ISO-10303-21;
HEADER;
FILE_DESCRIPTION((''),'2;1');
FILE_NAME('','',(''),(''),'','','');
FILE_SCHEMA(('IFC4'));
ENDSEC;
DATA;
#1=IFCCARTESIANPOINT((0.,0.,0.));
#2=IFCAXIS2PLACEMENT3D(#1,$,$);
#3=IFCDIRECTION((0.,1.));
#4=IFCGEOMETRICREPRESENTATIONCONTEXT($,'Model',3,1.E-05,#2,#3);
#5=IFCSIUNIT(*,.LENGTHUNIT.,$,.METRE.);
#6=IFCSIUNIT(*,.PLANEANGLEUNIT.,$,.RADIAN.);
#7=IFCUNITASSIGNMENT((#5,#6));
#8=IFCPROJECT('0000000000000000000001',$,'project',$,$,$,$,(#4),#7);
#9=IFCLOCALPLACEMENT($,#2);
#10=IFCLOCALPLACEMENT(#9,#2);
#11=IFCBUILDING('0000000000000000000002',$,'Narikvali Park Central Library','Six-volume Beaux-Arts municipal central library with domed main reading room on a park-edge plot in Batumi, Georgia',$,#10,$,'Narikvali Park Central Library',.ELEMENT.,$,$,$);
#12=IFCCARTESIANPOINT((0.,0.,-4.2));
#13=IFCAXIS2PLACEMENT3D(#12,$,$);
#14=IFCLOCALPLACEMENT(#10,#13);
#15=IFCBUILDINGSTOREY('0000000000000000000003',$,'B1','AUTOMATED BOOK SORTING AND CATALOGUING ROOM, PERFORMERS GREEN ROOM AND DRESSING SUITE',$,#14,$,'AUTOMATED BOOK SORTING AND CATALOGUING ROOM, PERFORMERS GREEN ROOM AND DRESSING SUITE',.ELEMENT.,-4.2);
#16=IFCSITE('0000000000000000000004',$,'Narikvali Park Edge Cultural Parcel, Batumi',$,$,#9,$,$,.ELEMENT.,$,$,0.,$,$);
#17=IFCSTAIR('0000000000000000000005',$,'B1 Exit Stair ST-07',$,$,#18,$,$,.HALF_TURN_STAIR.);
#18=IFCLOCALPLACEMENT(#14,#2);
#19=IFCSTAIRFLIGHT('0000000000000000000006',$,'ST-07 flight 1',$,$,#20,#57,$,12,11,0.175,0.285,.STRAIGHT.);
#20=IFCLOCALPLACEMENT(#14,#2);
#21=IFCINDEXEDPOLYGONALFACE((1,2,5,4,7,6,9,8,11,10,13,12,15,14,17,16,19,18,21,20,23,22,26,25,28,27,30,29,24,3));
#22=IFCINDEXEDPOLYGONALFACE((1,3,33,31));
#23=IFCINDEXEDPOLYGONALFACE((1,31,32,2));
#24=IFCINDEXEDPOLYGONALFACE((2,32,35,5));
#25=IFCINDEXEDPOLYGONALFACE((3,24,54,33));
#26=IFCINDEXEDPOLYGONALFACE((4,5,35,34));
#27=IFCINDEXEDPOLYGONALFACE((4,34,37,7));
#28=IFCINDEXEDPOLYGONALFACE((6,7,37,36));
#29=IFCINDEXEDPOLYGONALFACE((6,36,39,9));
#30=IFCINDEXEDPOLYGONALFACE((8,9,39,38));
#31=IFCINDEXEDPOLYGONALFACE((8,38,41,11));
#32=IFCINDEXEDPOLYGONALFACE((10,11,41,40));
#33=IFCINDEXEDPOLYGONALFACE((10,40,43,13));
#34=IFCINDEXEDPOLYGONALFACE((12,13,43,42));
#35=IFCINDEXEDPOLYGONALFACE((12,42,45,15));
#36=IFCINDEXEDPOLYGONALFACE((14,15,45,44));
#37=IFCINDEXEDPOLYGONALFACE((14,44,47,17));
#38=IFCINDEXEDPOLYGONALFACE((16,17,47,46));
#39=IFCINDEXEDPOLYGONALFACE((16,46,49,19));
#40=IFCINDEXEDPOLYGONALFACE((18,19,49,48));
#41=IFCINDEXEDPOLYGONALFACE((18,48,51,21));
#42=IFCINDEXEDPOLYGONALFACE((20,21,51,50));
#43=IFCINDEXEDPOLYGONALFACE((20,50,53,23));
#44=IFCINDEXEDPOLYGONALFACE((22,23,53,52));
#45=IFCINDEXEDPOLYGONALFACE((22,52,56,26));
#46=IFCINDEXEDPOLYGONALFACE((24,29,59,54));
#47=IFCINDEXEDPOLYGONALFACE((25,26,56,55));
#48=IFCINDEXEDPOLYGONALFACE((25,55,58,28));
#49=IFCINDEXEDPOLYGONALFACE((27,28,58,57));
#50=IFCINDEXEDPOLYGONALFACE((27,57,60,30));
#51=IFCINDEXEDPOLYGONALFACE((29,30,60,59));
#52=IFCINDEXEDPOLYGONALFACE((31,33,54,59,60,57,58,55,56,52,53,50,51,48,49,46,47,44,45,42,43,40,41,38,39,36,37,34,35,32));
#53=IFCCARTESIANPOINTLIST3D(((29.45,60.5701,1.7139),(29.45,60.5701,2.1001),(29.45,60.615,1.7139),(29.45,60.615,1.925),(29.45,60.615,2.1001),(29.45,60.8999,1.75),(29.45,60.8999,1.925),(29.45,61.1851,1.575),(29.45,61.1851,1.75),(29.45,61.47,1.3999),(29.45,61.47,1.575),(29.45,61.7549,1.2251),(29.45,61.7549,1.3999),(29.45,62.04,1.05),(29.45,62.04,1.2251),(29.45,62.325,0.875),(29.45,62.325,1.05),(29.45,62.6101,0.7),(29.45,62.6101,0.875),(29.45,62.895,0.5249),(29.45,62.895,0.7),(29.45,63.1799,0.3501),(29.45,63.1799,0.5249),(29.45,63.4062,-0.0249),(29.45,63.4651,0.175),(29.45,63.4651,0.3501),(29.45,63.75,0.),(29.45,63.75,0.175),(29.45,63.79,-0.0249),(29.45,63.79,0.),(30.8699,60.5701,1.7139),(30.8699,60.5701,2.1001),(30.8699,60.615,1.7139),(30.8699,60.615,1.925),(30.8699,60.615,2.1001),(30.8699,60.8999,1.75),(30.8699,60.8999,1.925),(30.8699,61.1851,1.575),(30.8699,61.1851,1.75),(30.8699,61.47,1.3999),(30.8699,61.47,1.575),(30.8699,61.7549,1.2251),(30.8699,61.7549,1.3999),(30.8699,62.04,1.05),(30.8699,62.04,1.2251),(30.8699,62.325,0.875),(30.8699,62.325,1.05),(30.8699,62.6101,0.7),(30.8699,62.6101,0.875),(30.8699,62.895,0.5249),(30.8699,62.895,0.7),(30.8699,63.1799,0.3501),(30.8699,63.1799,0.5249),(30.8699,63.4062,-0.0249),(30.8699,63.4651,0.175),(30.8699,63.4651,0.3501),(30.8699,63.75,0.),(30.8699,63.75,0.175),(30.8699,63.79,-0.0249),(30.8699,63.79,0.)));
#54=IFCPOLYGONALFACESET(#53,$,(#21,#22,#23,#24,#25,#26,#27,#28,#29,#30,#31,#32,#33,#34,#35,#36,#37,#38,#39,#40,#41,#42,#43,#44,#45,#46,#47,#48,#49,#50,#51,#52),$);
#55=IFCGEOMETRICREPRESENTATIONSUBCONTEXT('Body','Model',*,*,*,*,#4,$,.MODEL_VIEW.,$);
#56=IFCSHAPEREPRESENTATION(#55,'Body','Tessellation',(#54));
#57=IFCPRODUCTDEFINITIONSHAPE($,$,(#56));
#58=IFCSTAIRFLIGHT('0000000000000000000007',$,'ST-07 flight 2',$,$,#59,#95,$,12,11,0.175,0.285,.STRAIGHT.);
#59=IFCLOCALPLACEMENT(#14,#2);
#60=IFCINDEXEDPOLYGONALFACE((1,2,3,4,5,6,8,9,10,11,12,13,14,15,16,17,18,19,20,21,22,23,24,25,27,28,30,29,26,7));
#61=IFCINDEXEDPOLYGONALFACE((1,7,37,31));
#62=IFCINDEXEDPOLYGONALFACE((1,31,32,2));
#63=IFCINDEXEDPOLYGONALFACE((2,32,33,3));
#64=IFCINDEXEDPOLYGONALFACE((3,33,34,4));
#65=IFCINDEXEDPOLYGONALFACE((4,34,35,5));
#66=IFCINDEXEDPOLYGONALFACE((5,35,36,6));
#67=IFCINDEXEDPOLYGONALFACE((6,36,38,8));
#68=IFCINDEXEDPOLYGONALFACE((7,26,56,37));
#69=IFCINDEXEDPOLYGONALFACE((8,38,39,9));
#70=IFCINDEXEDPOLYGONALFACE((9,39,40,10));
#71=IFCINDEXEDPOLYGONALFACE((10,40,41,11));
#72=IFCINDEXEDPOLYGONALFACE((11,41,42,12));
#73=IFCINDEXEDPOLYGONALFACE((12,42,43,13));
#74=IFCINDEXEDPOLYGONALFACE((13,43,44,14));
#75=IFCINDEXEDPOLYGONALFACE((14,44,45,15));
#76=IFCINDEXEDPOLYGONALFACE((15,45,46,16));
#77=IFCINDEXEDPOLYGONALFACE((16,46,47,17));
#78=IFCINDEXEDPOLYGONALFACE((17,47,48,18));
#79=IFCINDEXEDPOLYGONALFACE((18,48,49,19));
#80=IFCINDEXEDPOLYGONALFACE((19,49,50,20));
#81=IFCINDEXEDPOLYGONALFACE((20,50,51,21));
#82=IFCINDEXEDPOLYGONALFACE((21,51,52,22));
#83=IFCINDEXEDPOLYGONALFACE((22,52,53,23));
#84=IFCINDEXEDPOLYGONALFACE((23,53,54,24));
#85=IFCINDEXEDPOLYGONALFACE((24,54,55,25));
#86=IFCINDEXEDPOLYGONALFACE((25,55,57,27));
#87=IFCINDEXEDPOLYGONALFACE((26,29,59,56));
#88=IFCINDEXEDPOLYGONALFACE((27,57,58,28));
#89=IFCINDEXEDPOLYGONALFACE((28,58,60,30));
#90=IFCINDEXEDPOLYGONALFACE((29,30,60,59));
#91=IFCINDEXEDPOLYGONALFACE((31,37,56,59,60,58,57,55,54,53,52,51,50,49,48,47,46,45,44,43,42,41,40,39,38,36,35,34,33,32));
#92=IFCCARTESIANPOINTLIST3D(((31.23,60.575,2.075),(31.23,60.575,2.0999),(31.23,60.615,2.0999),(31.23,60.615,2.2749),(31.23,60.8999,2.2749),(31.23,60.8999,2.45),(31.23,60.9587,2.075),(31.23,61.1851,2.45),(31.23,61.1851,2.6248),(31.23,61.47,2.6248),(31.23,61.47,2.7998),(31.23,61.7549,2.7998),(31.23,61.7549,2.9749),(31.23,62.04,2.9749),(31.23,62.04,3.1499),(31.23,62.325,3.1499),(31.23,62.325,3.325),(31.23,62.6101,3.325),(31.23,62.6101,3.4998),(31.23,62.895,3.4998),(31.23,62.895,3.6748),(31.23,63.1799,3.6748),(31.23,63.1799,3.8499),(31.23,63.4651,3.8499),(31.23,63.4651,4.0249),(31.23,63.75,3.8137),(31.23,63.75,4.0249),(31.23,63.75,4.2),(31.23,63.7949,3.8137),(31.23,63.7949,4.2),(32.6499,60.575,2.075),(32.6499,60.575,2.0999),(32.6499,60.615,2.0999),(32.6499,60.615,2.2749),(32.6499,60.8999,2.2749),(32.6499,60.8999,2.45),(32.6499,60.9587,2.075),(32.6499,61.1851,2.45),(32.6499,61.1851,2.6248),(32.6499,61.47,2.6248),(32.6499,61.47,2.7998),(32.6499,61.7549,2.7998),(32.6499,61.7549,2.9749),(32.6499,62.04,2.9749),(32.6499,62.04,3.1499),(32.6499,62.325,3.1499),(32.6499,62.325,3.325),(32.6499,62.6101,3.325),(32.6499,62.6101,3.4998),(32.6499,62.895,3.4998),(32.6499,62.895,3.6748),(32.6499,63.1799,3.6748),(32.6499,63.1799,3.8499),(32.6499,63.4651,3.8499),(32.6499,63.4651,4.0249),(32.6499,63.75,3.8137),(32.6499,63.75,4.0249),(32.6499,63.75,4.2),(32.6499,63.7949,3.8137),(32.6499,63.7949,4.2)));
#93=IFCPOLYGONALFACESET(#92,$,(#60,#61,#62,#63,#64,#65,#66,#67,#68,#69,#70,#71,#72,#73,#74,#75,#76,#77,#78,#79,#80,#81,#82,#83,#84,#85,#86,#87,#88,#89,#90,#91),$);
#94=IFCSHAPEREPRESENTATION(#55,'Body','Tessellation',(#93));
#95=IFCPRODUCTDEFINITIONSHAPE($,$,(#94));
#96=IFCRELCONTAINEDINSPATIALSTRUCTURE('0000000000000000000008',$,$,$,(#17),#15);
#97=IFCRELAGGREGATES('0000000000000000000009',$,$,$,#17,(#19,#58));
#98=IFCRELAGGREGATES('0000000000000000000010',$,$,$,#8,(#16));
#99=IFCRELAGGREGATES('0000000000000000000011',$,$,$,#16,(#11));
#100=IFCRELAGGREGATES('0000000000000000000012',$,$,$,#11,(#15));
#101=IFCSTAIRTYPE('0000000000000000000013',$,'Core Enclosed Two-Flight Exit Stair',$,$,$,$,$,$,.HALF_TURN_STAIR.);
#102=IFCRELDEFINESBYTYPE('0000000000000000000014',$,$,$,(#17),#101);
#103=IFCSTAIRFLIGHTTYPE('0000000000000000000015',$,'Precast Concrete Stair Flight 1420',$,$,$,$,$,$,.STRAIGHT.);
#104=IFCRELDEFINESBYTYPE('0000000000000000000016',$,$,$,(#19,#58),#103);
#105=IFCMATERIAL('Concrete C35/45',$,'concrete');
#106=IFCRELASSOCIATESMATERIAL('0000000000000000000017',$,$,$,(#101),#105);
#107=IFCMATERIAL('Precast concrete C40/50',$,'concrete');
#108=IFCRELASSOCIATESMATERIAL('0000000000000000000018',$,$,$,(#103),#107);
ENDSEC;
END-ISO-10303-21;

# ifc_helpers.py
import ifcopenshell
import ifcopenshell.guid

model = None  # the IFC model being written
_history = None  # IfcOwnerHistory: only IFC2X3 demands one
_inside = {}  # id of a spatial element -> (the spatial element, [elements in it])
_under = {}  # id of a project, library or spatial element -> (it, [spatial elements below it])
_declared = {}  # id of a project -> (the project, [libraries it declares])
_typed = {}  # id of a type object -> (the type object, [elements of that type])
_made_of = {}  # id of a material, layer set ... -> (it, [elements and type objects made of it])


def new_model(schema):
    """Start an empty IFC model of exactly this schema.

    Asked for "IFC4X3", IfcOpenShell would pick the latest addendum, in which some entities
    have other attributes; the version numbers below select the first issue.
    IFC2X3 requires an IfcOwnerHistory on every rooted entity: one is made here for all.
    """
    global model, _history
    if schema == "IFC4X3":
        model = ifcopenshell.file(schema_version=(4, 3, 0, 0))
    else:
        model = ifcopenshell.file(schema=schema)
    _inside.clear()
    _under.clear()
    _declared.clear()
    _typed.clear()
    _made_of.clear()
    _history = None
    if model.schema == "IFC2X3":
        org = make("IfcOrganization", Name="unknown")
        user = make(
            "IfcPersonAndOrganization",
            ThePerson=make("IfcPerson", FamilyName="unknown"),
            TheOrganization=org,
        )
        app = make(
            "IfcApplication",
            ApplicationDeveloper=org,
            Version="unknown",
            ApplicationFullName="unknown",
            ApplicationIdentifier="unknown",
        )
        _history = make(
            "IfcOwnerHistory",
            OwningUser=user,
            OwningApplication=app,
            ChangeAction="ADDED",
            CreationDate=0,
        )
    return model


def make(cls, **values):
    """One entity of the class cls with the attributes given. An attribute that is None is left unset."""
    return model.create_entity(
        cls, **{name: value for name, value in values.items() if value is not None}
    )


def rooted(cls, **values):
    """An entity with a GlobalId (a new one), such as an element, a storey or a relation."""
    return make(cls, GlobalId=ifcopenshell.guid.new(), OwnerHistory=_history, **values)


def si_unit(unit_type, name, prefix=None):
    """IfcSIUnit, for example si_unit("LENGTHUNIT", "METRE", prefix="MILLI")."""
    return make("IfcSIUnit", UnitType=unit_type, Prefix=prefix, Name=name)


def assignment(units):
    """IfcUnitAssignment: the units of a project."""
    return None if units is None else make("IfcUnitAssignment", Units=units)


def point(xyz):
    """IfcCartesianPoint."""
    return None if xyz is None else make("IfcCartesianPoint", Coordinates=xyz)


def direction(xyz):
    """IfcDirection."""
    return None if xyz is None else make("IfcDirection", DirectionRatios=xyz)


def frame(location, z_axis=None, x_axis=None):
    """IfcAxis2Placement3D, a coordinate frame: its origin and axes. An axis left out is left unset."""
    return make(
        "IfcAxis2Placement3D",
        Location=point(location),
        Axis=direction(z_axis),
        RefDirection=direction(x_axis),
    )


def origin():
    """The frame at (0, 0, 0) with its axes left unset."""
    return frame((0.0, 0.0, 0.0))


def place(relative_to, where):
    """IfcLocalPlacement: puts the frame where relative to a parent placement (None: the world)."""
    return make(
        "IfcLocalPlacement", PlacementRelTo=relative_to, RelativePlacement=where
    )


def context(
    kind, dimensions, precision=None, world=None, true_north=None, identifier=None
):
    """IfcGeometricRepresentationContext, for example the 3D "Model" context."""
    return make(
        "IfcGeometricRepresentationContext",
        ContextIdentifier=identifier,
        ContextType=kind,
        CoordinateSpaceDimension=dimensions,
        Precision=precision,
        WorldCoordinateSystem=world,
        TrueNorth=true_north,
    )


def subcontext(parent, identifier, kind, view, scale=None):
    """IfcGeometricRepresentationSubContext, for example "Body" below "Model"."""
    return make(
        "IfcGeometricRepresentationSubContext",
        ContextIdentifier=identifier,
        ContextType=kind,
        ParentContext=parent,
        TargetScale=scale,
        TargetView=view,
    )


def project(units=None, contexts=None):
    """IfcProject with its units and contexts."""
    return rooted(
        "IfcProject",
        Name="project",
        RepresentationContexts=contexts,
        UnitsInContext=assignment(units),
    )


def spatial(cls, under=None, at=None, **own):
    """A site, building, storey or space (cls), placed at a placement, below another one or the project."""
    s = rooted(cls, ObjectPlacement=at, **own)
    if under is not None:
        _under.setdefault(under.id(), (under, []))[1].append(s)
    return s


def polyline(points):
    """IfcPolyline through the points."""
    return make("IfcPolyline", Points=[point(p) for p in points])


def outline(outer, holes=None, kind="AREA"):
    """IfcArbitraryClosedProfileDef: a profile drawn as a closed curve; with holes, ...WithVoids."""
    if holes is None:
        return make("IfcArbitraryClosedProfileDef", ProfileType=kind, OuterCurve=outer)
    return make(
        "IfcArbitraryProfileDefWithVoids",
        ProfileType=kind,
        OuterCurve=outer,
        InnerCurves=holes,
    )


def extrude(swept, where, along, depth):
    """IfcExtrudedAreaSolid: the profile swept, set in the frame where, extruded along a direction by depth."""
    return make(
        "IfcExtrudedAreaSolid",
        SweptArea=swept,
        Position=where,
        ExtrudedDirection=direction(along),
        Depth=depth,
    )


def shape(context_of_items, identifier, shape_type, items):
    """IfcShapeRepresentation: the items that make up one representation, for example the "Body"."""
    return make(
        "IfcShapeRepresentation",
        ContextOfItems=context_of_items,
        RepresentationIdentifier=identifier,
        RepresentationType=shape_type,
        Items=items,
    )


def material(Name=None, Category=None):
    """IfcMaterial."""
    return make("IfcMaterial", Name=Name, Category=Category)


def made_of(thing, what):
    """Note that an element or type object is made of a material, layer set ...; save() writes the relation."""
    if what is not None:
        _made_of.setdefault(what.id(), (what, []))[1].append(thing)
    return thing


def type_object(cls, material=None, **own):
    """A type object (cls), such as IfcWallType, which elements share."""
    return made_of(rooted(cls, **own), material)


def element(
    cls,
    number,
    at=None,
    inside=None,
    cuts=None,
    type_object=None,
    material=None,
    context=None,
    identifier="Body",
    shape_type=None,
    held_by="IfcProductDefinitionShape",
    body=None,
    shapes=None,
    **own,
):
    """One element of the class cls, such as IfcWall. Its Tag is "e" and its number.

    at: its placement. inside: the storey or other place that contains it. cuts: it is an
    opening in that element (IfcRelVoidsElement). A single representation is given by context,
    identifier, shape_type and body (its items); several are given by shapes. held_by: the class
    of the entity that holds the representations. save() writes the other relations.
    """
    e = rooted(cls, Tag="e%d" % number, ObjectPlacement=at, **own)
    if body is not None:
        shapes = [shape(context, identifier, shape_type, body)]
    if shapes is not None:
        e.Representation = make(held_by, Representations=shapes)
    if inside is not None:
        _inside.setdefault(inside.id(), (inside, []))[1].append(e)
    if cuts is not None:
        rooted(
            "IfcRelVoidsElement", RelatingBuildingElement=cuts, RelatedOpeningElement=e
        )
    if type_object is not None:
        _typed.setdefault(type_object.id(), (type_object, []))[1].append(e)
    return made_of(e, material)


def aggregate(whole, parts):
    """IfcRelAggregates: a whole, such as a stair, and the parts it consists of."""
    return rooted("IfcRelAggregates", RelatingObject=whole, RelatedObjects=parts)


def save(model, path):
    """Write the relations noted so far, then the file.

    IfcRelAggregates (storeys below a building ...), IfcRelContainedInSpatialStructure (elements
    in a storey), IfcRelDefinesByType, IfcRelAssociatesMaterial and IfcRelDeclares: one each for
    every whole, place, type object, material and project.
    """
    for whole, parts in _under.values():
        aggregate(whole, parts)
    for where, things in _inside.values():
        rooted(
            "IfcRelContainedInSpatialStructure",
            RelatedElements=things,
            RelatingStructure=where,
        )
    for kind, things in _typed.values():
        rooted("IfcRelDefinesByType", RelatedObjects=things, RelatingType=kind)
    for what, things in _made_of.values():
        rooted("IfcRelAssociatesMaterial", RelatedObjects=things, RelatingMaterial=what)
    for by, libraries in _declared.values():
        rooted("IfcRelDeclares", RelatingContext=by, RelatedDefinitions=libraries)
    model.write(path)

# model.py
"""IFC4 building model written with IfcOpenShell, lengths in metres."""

from ifc_helpers import new_model, si_unit, direction, frame, origin, place, context, subcontext, project, spatial, polyline, outline, extrude, material, type_object, element, aggregate, save


model = new_model("IFC4")

# Units and contexts
model_context = context("Model", 3, precision=1e-05, world=origin(), true_north=direction((0.0, 1.0)))
body_context = subcontext(model_context, "Body", "Model", "MODEL_VIEW")
ifc_project = project(units=[si_unit("LENGTHUNIT", "METRE"), si_unit("PLANEANGLEUNIT", "RADIAN")], contexts=[model_context])

# Site, building, storey
site_placement = place(None, origin())
site = spatial("IfcSite", under=ifc_project, at=site_placement, Name="Narikvali Park Edge Cultural Parcel, Batumi", CompositionType="ELEMENT", RefElevation=0.0)
building_placement = place(site_placement, origin())
building = spatial("IfcBuilding", under=site, at=building_placement, Name="Narikvali Park Central Library", Description="Six-volume Beaux-Arts municipal central library with domed main reading room on a park-edge plot in Batumi, Georgia", LongName="Narikvali Park Central Library", CompositionType="ELEMENT")
storey_placement = place(building_placement, frame((0.0, 0.0, -4.2)))
storey = spatial("IfcBuildingStorey", under=building, at=storey_placement, Name="B1", Description="AUTOMATED BOOK SORTING AND CATALOGUING ROOM, PERFORMERS GREEN ROOM AND DRESSING SUITE", LongName="AUTOMATED BOOK SORTING AND CATALOGUING ROOM, PERFORMERS GREEN ROOM AND DRESSING SUITE", CompositionType="ELEMENT", Elevation=-4.2)

# Shared definitions
ifc_material_1 = material(Name="Concrete C35/45", Category="concrete")

# Stair, stair flights
stair_type = type_object("IfcStairType", Name="Core Enclosed Two-Flight Exit Stair", PredefinedType="HALF_TURN_STAIR", material=ifc_material_1)
stair_placement = place(storey_placement, origin())
stair = element("IfcStair", 1, at=stair_placement, inside=storey, type_object=stair_type, Name="B1 Exit Stair ST-07", PredefinedType="HALF_TURN_STAIR")
ifc_material_2 = material(Name="Precast concrete C40/50", Category="concrete")
stair_flight_type = type_object("IfcStairFlightType", Name="Precast Concrete Stair Flight 1420", PredefinedType="STRAIGHT", material=ifc_material_2)
stair_flight_1_placement = place(storey_placement, frame((30.1599, 63.75, 0.0), z_axis=(0.0, 0.0, 1.0), x_axis=(0.0, -1.0, 0.0)))
stair_flight_1 = element("IfcStairFlight", 2, at=stair_flight_1_placement, type_object=stair_flight_type, Name="ST-07 flight 1", NumberOfRisers=12, NumberOfTreads=11, PredefinedType="STRAIGHT", RiserHeight=0.175, TreadLength=0.285, context=body_context, shape_type="SweptSolid", body=[
    extrude(outline(polyline([(-0.04, -0.0249), (-0.04, 0.0), (0.0, 0.0), (0.0, 0.175), (0.2849, 0.175), (0.2849, 0.3501), (0.5701, 0.3501), (0.5701, 0.5249), (0.855, 0.5249), (0.855, 0.7), (1.1399, 0.7), (1.1399, 0.875), (1.425, 0.875), (1.425, 1.05), (1.71, 1.05), (1.71, 1.2251), (1.9951, 1.2251), (1.9951, 1.3999), (2.28, 1.3999), (2.28, 1.575), (2.5649, 1.575), (2.5649, 1.75), (2.8501, 1.75), (2.8501, 1.925), (3.135, 1.925), (3.135, 2.1001), (3.1799, 2.1001), (3.1799, 1.7139), (3.135, 1.7139), (0.3438, -0.0249), (-0.04, -0.0249)])), frame((0.0, 0.71, 0.0), z_axis=(0.0, -1.0, 0.0), x_axis=(1.0, 0.0, 0.0)), (0.0, 0.0, 1.0), 1.4199),
])
stair_flight_2_placement = place(storey_placement, frame((31.9399, 60.615, 2.0999), z_axis=(0.0, 0.0, 1.0), x_axis=(0.0, 1.0, 0.0)))
stair_flight_2 = element("IfcStairFlight", 3, at=stair_flight_2_placement, type_object=stair_flight_type, Name="ST-07 flight 2", NumberOfRisers=12, NumberOfTreads=11, PredefinedType="STRAIGHT", RiserHeight=0.175, TreadLength=0.285, context=body_context, shape_type="SweptSolid", body=[
    extrude(outline(polyline([(-0.04, -0.0249), (-0.04, 0.0), (0.0, 0.0), (0.0, 0.175), (0.2849, 0.175), (0.2849, 0.3501), (0.5701, 0.3501), (0.5701, 0.5249), (0.855, 0.5249), (0.855, 0.7), (1.1399, 0.7), (1.1399, 0.875), (1.425, 0.875), (1.425, 1.05), (1.71, 1.05), (1.71, 1.2251), (1.9951, 1.2251), (1.9951, 1.3999), (2.28, 1.3999), (2.28, 1.575), (2.5649, 1.575), (2.5649, 1.75), (2.8501, 1.75), (2.8501, 1.925), (3.135, 1.925), (3.135, 2.1001), (3.1799, 2.1001), (3.1799, 1.7139), (3.135, 1.7139), (0.3438, -0.0249), (-0.04, -0.0249)])), frame((0.0, 0.71, 0.0), z_axis=(0.0, -1.0, 0.0), x_axis=(1.0, 0.0, 0.0)), (0.0, 0.0, 1.0), 1.4199),
])
aggregate(stair, [stair_flight_1, stair_flight_2])

save(model, "model.ifc")
